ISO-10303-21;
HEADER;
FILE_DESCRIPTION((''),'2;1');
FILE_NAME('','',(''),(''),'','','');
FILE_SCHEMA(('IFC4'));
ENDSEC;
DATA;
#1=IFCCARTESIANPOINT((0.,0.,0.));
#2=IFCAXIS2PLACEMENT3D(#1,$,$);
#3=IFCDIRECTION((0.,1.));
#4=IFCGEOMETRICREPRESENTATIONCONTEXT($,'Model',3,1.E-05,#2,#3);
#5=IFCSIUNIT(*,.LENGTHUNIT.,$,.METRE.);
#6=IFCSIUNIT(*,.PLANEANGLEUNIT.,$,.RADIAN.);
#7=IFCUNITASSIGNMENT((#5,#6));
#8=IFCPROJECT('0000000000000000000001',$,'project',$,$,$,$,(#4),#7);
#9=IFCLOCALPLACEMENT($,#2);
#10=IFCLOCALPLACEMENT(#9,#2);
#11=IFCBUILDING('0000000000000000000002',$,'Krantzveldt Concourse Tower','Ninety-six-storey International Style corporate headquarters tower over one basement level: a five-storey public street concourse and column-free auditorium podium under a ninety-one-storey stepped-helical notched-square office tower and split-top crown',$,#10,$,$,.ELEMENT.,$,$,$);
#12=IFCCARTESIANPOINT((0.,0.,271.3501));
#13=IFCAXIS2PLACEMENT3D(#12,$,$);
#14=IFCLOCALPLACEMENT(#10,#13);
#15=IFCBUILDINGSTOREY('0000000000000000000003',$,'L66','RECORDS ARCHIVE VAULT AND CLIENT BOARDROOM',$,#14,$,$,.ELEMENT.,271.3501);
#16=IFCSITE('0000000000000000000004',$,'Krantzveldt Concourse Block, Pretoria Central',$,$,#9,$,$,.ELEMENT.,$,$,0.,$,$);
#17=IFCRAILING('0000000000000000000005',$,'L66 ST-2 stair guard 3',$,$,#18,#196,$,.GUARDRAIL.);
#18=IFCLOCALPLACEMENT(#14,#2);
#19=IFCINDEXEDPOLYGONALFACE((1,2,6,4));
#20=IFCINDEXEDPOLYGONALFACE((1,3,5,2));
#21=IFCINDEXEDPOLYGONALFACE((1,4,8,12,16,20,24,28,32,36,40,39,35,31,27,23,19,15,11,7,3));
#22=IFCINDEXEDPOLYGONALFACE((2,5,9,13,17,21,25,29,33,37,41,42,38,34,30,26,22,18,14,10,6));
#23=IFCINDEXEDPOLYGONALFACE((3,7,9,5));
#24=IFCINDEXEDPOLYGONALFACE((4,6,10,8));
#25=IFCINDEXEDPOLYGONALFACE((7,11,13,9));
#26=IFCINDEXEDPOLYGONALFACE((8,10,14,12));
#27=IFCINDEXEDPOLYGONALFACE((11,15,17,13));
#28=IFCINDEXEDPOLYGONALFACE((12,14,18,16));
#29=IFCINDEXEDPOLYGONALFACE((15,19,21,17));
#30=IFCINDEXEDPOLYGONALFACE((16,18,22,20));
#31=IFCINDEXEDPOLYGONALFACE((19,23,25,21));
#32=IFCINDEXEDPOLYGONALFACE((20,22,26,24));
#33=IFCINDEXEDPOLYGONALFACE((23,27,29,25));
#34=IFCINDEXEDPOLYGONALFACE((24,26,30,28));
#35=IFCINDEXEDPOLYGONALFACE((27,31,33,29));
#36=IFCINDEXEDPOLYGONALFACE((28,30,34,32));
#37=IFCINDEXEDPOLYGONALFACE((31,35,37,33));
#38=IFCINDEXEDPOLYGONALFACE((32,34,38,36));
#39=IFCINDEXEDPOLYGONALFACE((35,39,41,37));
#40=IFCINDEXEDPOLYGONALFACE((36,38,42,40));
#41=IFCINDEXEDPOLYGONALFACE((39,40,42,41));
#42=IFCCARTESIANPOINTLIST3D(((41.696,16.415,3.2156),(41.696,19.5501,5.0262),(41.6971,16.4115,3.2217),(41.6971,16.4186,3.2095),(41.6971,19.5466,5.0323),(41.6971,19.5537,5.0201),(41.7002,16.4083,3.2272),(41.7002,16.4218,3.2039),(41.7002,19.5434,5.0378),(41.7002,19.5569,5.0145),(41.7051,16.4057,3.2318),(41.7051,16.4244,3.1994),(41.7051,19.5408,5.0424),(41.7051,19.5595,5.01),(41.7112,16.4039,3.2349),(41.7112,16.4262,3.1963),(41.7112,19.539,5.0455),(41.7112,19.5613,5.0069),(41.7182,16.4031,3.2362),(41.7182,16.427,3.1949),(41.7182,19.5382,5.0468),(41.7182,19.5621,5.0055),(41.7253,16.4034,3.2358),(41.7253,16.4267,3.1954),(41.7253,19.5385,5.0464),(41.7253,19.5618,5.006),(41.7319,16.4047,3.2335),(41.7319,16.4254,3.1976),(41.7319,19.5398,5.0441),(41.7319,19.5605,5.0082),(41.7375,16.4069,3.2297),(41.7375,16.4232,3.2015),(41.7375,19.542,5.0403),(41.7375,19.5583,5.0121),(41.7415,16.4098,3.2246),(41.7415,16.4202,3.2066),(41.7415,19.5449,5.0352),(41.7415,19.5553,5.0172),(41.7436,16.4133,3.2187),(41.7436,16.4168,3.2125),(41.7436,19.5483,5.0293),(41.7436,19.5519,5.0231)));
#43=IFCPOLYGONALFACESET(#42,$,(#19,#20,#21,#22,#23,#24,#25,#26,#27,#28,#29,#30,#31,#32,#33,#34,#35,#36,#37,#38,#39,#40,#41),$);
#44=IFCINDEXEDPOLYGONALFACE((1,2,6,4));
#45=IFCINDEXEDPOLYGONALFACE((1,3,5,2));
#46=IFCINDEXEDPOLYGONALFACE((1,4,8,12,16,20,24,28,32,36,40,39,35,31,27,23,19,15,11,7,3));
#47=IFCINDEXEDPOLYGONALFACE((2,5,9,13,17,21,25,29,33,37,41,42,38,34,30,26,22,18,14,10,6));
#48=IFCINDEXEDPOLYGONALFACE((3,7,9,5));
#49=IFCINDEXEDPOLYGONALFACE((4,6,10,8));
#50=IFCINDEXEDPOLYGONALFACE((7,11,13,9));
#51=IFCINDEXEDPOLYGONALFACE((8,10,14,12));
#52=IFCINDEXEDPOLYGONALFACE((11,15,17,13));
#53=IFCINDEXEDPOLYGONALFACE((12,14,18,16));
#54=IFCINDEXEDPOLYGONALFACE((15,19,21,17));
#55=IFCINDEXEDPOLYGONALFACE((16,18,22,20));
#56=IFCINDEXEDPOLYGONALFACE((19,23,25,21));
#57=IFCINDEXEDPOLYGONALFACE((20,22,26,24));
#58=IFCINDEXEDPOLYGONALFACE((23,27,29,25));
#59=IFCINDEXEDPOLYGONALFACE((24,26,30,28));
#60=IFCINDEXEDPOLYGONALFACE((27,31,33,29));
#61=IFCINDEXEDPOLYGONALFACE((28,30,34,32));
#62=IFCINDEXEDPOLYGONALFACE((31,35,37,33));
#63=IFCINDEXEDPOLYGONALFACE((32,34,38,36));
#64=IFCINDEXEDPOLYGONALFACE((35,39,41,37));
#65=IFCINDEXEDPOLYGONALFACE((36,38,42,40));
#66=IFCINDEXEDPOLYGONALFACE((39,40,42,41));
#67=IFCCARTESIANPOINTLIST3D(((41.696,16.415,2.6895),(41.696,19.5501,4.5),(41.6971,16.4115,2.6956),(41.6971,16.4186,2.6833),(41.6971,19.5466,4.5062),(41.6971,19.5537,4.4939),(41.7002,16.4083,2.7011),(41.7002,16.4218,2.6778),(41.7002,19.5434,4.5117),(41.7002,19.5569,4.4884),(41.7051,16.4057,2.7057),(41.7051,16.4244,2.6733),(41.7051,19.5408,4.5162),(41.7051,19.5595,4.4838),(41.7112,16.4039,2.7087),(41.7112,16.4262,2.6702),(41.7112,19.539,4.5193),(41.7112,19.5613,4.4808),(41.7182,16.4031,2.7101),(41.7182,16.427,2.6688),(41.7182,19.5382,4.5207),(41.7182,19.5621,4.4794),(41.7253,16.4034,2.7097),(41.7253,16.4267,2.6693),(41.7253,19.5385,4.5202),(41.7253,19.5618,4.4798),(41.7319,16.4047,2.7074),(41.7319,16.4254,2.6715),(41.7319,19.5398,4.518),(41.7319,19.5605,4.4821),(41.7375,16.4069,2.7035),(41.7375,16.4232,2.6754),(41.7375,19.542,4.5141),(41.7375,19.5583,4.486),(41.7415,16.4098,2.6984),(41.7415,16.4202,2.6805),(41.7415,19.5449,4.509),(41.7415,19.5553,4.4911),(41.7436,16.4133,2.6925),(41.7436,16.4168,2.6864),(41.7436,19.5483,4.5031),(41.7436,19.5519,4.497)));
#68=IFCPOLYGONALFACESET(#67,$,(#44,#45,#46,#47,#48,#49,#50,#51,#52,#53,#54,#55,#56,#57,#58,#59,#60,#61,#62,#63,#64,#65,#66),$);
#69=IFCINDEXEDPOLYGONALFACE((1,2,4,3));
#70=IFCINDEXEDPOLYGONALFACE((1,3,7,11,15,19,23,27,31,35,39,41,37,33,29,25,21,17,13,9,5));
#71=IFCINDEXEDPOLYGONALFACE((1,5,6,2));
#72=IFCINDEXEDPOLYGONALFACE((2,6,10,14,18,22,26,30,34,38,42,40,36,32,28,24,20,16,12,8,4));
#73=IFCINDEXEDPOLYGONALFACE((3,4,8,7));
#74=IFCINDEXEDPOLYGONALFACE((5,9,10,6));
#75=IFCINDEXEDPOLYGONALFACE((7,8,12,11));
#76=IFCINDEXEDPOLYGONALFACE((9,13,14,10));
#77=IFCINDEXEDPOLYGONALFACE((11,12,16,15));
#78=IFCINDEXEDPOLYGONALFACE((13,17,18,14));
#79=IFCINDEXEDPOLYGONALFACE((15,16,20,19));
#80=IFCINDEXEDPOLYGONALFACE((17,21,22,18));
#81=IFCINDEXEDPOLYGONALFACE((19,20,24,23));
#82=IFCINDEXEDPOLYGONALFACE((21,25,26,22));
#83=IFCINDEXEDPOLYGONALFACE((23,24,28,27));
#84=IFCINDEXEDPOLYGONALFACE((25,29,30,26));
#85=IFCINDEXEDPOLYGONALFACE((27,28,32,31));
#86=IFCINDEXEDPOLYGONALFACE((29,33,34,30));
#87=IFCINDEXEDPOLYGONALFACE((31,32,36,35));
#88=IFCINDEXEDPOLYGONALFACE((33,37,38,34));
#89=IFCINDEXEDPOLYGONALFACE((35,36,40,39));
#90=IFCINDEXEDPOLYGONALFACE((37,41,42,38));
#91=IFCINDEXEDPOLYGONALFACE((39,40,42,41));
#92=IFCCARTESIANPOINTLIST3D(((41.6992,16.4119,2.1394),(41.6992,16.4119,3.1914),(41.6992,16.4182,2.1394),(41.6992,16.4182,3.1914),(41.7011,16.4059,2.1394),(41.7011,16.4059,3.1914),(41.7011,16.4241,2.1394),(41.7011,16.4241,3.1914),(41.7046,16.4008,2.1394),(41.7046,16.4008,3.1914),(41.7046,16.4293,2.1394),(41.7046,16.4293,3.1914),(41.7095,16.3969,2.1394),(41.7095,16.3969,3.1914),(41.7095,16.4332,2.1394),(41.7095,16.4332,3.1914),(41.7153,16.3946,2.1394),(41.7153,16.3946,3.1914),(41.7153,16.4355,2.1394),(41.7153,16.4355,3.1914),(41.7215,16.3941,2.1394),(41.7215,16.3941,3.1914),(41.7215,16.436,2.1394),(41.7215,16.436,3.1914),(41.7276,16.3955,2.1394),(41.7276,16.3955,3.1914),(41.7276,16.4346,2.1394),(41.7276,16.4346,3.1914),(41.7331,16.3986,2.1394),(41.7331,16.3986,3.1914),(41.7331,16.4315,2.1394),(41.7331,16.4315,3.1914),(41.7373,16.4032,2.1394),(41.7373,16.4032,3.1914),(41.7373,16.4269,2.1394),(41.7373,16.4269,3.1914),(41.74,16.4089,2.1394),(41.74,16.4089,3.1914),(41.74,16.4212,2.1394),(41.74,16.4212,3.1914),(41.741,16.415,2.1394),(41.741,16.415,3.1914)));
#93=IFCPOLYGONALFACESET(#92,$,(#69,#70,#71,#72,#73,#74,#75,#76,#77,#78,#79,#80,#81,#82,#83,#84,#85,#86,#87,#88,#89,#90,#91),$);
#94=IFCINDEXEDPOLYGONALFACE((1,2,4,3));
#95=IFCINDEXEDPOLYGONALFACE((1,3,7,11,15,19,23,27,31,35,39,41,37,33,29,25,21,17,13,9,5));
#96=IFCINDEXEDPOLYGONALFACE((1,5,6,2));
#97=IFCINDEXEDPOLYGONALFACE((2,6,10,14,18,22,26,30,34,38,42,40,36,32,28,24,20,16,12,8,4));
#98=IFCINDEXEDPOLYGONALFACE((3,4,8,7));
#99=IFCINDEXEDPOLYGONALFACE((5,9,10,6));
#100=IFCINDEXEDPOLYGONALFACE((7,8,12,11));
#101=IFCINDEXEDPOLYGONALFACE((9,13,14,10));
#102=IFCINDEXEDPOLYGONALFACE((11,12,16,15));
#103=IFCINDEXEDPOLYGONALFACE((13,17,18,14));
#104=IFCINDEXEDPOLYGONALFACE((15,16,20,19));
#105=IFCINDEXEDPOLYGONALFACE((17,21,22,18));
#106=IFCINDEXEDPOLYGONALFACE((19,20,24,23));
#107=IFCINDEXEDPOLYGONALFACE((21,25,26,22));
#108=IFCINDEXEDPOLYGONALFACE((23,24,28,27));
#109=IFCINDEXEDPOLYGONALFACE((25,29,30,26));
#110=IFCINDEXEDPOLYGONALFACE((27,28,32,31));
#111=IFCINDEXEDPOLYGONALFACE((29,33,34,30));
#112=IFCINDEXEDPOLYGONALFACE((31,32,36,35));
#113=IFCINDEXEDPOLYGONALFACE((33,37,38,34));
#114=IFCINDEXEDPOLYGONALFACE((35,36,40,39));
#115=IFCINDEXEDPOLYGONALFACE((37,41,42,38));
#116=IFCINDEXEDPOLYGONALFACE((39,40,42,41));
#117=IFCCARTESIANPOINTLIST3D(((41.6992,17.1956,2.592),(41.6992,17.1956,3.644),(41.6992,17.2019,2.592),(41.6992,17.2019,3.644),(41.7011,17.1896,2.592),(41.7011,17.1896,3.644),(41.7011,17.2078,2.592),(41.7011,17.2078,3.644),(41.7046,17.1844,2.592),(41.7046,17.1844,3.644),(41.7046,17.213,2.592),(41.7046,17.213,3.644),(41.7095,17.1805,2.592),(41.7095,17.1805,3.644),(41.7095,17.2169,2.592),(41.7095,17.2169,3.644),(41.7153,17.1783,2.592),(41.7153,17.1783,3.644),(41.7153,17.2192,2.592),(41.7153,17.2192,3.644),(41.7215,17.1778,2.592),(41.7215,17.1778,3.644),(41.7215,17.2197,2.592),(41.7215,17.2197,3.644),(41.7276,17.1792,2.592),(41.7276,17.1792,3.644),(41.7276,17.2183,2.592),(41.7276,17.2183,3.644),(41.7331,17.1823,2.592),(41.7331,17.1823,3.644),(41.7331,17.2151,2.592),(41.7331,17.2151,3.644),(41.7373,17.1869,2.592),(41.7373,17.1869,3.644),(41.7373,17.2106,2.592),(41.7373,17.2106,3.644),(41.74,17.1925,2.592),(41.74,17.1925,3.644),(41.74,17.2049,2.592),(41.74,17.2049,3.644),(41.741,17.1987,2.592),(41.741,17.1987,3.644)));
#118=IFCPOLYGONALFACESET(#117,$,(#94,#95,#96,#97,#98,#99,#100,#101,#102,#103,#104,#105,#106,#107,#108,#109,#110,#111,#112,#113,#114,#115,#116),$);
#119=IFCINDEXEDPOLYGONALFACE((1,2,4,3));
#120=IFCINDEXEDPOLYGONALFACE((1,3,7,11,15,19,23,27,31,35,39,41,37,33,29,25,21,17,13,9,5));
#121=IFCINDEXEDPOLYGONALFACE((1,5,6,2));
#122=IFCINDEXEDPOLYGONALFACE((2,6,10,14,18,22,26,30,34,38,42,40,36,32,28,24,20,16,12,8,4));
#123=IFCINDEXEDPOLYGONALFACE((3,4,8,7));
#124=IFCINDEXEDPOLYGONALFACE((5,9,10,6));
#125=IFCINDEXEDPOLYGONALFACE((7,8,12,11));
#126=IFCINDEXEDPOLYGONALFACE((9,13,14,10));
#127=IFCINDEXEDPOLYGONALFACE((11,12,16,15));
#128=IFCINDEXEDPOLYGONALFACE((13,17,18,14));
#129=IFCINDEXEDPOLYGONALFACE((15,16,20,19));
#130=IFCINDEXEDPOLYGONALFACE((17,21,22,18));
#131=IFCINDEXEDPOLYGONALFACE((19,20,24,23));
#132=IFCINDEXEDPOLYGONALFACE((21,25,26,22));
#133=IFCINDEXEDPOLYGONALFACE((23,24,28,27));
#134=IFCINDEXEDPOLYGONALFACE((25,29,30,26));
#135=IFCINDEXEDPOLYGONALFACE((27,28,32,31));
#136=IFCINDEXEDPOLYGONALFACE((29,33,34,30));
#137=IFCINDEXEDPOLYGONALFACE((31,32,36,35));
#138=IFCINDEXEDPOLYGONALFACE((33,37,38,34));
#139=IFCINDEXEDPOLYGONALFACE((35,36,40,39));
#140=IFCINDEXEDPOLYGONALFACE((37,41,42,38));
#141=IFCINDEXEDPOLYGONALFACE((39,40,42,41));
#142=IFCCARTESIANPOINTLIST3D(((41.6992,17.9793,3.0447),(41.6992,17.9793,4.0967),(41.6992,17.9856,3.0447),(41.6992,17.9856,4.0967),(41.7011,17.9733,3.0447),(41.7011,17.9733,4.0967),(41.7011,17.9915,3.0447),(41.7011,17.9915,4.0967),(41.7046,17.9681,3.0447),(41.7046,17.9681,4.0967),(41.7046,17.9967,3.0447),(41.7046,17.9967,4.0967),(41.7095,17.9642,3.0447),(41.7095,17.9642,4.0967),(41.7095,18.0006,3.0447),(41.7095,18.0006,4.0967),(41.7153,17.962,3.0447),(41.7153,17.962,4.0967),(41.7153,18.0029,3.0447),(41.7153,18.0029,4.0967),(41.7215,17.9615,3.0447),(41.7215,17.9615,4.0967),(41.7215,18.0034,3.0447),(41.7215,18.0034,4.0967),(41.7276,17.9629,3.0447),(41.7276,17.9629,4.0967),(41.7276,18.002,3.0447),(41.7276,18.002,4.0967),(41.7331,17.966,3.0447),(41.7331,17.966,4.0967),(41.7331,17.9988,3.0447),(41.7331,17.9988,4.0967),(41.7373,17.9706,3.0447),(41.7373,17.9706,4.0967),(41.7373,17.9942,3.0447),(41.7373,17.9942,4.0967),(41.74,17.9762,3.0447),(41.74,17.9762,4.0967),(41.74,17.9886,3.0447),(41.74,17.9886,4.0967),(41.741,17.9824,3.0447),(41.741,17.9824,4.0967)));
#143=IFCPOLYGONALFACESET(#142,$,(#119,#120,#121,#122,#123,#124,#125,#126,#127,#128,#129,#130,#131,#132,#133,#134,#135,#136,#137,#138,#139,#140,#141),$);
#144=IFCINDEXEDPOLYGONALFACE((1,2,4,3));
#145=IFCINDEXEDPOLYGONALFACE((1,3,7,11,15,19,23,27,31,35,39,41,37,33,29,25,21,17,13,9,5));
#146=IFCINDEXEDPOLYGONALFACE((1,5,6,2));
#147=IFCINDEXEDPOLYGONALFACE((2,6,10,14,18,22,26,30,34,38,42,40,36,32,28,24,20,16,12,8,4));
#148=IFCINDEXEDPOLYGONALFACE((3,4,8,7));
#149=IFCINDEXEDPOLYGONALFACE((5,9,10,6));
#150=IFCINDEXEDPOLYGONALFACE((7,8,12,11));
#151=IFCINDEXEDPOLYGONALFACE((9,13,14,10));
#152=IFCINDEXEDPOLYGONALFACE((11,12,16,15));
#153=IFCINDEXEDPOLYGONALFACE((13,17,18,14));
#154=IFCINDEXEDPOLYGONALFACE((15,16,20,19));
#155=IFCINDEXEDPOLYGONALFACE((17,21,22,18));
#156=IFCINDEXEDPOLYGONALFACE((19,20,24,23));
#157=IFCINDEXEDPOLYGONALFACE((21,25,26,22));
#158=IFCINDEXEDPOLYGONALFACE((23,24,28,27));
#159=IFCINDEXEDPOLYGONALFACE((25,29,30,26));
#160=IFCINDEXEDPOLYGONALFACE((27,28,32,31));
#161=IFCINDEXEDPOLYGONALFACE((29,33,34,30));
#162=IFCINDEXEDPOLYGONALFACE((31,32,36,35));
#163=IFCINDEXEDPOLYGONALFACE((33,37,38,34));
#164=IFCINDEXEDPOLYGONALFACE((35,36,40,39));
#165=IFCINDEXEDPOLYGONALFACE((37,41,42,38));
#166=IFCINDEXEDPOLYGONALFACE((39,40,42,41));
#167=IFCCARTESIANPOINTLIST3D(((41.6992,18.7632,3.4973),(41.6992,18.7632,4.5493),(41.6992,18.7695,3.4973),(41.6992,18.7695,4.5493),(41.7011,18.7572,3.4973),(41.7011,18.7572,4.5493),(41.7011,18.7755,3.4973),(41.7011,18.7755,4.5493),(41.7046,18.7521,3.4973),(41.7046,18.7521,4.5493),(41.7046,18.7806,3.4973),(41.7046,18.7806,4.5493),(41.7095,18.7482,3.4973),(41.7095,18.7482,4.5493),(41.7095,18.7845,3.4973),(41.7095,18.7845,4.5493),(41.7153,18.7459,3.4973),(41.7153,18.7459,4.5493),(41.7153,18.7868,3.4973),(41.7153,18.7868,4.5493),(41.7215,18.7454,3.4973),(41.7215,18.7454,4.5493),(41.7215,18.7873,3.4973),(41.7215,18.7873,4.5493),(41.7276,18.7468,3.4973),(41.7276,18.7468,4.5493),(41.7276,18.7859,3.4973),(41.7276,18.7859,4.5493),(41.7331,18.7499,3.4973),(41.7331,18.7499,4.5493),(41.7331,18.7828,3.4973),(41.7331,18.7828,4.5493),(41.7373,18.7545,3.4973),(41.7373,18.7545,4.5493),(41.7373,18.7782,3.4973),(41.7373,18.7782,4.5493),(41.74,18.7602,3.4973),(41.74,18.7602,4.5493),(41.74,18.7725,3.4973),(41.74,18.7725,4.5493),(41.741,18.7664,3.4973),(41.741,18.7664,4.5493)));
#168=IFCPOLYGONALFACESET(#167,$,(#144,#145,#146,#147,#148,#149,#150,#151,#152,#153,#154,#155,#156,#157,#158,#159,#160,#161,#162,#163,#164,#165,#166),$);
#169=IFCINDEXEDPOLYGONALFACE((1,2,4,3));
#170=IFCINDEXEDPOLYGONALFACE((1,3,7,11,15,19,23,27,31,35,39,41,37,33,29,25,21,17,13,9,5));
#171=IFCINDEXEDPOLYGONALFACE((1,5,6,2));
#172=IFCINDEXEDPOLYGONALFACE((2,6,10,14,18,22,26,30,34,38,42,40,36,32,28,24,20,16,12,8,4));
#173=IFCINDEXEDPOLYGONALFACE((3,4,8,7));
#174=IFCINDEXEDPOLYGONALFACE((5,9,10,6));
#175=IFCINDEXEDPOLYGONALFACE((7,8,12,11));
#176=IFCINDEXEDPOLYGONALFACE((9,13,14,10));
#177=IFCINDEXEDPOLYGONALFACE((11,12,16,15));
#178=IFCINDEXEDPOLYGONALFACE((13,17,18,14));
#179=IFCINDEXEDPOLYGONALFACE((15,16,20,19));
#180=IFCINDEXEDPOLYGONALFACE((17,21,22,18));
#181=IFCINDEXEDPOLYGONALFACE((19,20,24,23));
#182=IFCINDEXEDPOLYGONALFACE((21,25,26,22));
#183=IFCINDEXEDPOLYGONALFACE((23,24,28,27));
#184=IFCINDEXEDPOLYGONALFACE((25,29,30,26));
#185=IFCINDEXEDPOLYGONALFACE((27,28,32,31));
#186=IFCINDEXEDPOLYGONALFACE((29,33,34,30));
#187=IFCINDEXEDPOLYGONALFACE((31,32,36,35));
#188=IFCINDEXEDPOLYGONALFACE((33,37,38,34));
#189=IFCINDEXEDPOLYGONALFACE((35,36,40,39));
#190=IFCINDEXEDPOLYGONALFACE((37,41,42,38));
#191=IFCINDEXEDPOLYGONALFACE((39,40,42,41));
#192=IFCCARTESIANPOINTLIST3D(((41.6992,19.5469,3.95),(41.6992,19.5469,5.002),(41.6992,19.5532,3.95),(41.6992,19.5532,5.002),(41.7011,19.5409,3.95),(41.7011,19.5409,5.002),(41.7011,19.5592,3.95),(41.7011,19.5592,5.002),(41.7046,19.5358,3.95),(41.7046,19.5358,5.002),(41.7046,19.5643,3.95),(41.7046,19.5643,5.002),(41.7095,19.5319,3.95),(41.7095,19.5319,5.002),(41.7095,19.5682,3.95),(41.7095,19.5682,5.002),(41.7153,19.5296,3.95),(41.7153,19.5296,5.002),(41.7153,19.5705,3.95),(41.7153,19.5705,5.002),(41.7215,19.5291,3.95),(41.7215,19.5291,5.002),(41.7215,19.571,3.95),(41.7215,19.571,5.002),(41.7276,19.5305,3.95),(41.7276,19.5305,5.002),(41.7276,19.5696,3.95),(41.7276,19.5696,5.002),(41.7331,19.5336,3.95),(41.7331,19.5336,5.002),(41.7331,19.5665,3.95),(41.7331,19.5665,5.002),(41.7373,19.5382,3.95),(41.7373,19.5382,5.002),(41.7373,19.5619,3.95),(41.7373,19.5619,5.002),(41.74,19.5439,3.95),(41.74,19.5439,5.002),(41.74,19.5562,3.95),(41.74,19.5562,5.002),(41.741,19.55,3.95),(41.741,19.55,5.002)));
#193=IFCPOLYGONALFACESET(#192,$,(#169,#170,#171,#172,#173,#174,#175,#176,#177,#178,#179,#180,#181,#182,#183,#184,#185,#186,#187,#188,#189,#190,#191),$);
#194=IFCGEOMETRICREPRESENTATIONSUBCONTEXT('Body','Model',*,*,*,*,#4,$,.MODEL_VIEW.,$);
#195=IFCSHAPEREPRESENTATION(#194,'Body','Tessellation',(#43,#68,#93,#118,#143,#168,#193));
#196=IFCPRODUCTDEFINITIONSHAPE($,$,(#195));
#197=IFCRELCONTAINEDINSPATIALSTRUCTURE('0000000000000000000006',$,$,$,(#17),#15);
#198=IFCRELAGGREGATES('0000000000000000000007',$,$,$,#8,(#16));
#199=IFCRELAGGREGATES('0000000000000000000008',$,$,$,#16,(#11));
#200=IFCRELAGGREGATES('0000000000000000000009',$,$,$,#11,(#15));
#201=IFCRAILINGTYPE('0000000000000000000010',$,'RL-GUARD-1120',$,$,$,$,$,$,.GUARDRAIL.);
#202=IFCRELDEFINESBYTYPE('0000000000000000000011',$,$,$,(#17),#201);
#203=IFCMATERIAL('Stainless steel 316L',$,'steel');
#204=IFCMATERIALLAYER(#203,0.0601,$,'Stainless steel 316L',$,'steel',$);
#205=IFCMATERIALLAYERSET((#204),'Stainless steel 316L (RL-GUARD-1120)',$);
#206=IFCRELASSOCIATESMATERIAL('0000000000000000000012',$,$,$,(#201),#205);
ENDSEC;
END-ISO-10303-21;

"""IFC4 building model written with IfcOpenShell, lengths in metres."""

from ifc_helpers import new_model, si_unit, direction, frame, origin, origin_2d, place, context, subcontext, project, spatial, circle, extrude, material, layer, layer_set, type_object, element, save


model = new_model("IFC4")

# Units and contexts
model_context = context("Model", 3, precision=1e-05, world=origin(), true_north=direction((0.0, 1.0)))
body_context = subcontext(model_context, "Body", "Model", "MODEL_VIEW")
ifc_project = project(units=[si_unit("LENGTHUNIT", "METRE"), si_unit("PLANEANGLEUNIT", "RADIAN")], contexts=[model_context])

# Site, building, storey
site_placement = place(None, origin())
site = spatial("IfcSite", under=ifc_project, at=site_placement, Name="Krantzveldt Concourse Block, Pretoria Central", CompositionType="ELEMENT", RefElevation=0.0)
building_placement = place(site_placement, origin())
building = spatial("IfcBuilding", under=site, at=building_placement, Name="Krantzveldt Concourse Tower", Description="Ninety-six-storey International Style corporate headquarters tower over one basement level: a five-storey public street concourse and column-free auditorium podium under a ninety-one-storey stepped-helical notched-square office tower and split-top crown", CompositionType="ELEMENT")
storey_placement = place(building_placement, frame((0.0, 0.0, 271.3501)))
storey = spatial("IfcBuildingStorey", under=building, at=storey_placement, Name="L66", Description="RECORDS ARCHIVE VAULT AND CLIENT BOARDROOM", CompositionType="ELEMENT", Elevation=271.3501)

# Railing
ifc_material_1 = material(Name="Stainless steel 316L", Category="steel")
ifc_layer_1 = layer(ifc_material_1, 0.0601, Name="Stainless steel 316L", Category="steel")
ifc_layer_set_1 = layer_set([ifc_layer_1], Name="Stainless steel 316L (RL-GUARD-1120)")
railing_type_1 = type_object("IfcRailingType", Name="RL-GUARD-1120", PredefinedType="GUARDRAIL", material=ifc_layer_set_1)
railing_1_placement = place(storey_placement, frame((41.72, 16.415, 2.1394)))
element("IfcRailing", 1, at=railing_1_placement, inside=storey, type_object=railing_type_1, Name="L66 ST-2 stair guard 3", PredefinedType="GUARDRAIL", context=body_context, shape_type="SweptSolid", body=[
    extrude(circle(Radius=0.0239, at=origin_2d()), frame((0.0, 0.0, 1.0762), z_axis=(0.0, 0.86596, 0.500114), x_axis=(-1.0, 0.0, 0.0)), (0.0, 0.0, 1.0), 3.6204),
    extrude(circle(Radius=0.0239, at=origin_2d()), frame((0.0, 0.0, 0.55), z_axis=(0.0, 0.86596, 0.500114), x_axis=(-1.0, 0.0, 0.0)), (0.0, 0.0, 1.0), 3.6204),
    extrude(circle(Radius=0.021, at=origin_2d()), origin(), (0.0, 0.0, 1.0), 1.052),
    extrude(circle(Radius=0.021, at=origin_2d()), frame((0.0, 0.7837, 0.4526)), (0.0, 0.0, 1.0), 1.052),
    extrude(circle(Radius=0.021, at=origin_2d()), frame((0.0, 1.5674, 0.9053)), (0.0, 0.0, 1.0), 1.052),
    extrude(circle(Radius=0.021, at=origin_2d()), frame((0.0, 2.3513, 1.3579)), (0.0, 0.0, 1.0), 1.052),
    extrude(circle(Radius=0.021, at=origin_2d()), frame((0.0, 3.135, 1.8105)), (0.0, 0.0, 1.0), 1.052),
])

save(model, "model.ifc")
